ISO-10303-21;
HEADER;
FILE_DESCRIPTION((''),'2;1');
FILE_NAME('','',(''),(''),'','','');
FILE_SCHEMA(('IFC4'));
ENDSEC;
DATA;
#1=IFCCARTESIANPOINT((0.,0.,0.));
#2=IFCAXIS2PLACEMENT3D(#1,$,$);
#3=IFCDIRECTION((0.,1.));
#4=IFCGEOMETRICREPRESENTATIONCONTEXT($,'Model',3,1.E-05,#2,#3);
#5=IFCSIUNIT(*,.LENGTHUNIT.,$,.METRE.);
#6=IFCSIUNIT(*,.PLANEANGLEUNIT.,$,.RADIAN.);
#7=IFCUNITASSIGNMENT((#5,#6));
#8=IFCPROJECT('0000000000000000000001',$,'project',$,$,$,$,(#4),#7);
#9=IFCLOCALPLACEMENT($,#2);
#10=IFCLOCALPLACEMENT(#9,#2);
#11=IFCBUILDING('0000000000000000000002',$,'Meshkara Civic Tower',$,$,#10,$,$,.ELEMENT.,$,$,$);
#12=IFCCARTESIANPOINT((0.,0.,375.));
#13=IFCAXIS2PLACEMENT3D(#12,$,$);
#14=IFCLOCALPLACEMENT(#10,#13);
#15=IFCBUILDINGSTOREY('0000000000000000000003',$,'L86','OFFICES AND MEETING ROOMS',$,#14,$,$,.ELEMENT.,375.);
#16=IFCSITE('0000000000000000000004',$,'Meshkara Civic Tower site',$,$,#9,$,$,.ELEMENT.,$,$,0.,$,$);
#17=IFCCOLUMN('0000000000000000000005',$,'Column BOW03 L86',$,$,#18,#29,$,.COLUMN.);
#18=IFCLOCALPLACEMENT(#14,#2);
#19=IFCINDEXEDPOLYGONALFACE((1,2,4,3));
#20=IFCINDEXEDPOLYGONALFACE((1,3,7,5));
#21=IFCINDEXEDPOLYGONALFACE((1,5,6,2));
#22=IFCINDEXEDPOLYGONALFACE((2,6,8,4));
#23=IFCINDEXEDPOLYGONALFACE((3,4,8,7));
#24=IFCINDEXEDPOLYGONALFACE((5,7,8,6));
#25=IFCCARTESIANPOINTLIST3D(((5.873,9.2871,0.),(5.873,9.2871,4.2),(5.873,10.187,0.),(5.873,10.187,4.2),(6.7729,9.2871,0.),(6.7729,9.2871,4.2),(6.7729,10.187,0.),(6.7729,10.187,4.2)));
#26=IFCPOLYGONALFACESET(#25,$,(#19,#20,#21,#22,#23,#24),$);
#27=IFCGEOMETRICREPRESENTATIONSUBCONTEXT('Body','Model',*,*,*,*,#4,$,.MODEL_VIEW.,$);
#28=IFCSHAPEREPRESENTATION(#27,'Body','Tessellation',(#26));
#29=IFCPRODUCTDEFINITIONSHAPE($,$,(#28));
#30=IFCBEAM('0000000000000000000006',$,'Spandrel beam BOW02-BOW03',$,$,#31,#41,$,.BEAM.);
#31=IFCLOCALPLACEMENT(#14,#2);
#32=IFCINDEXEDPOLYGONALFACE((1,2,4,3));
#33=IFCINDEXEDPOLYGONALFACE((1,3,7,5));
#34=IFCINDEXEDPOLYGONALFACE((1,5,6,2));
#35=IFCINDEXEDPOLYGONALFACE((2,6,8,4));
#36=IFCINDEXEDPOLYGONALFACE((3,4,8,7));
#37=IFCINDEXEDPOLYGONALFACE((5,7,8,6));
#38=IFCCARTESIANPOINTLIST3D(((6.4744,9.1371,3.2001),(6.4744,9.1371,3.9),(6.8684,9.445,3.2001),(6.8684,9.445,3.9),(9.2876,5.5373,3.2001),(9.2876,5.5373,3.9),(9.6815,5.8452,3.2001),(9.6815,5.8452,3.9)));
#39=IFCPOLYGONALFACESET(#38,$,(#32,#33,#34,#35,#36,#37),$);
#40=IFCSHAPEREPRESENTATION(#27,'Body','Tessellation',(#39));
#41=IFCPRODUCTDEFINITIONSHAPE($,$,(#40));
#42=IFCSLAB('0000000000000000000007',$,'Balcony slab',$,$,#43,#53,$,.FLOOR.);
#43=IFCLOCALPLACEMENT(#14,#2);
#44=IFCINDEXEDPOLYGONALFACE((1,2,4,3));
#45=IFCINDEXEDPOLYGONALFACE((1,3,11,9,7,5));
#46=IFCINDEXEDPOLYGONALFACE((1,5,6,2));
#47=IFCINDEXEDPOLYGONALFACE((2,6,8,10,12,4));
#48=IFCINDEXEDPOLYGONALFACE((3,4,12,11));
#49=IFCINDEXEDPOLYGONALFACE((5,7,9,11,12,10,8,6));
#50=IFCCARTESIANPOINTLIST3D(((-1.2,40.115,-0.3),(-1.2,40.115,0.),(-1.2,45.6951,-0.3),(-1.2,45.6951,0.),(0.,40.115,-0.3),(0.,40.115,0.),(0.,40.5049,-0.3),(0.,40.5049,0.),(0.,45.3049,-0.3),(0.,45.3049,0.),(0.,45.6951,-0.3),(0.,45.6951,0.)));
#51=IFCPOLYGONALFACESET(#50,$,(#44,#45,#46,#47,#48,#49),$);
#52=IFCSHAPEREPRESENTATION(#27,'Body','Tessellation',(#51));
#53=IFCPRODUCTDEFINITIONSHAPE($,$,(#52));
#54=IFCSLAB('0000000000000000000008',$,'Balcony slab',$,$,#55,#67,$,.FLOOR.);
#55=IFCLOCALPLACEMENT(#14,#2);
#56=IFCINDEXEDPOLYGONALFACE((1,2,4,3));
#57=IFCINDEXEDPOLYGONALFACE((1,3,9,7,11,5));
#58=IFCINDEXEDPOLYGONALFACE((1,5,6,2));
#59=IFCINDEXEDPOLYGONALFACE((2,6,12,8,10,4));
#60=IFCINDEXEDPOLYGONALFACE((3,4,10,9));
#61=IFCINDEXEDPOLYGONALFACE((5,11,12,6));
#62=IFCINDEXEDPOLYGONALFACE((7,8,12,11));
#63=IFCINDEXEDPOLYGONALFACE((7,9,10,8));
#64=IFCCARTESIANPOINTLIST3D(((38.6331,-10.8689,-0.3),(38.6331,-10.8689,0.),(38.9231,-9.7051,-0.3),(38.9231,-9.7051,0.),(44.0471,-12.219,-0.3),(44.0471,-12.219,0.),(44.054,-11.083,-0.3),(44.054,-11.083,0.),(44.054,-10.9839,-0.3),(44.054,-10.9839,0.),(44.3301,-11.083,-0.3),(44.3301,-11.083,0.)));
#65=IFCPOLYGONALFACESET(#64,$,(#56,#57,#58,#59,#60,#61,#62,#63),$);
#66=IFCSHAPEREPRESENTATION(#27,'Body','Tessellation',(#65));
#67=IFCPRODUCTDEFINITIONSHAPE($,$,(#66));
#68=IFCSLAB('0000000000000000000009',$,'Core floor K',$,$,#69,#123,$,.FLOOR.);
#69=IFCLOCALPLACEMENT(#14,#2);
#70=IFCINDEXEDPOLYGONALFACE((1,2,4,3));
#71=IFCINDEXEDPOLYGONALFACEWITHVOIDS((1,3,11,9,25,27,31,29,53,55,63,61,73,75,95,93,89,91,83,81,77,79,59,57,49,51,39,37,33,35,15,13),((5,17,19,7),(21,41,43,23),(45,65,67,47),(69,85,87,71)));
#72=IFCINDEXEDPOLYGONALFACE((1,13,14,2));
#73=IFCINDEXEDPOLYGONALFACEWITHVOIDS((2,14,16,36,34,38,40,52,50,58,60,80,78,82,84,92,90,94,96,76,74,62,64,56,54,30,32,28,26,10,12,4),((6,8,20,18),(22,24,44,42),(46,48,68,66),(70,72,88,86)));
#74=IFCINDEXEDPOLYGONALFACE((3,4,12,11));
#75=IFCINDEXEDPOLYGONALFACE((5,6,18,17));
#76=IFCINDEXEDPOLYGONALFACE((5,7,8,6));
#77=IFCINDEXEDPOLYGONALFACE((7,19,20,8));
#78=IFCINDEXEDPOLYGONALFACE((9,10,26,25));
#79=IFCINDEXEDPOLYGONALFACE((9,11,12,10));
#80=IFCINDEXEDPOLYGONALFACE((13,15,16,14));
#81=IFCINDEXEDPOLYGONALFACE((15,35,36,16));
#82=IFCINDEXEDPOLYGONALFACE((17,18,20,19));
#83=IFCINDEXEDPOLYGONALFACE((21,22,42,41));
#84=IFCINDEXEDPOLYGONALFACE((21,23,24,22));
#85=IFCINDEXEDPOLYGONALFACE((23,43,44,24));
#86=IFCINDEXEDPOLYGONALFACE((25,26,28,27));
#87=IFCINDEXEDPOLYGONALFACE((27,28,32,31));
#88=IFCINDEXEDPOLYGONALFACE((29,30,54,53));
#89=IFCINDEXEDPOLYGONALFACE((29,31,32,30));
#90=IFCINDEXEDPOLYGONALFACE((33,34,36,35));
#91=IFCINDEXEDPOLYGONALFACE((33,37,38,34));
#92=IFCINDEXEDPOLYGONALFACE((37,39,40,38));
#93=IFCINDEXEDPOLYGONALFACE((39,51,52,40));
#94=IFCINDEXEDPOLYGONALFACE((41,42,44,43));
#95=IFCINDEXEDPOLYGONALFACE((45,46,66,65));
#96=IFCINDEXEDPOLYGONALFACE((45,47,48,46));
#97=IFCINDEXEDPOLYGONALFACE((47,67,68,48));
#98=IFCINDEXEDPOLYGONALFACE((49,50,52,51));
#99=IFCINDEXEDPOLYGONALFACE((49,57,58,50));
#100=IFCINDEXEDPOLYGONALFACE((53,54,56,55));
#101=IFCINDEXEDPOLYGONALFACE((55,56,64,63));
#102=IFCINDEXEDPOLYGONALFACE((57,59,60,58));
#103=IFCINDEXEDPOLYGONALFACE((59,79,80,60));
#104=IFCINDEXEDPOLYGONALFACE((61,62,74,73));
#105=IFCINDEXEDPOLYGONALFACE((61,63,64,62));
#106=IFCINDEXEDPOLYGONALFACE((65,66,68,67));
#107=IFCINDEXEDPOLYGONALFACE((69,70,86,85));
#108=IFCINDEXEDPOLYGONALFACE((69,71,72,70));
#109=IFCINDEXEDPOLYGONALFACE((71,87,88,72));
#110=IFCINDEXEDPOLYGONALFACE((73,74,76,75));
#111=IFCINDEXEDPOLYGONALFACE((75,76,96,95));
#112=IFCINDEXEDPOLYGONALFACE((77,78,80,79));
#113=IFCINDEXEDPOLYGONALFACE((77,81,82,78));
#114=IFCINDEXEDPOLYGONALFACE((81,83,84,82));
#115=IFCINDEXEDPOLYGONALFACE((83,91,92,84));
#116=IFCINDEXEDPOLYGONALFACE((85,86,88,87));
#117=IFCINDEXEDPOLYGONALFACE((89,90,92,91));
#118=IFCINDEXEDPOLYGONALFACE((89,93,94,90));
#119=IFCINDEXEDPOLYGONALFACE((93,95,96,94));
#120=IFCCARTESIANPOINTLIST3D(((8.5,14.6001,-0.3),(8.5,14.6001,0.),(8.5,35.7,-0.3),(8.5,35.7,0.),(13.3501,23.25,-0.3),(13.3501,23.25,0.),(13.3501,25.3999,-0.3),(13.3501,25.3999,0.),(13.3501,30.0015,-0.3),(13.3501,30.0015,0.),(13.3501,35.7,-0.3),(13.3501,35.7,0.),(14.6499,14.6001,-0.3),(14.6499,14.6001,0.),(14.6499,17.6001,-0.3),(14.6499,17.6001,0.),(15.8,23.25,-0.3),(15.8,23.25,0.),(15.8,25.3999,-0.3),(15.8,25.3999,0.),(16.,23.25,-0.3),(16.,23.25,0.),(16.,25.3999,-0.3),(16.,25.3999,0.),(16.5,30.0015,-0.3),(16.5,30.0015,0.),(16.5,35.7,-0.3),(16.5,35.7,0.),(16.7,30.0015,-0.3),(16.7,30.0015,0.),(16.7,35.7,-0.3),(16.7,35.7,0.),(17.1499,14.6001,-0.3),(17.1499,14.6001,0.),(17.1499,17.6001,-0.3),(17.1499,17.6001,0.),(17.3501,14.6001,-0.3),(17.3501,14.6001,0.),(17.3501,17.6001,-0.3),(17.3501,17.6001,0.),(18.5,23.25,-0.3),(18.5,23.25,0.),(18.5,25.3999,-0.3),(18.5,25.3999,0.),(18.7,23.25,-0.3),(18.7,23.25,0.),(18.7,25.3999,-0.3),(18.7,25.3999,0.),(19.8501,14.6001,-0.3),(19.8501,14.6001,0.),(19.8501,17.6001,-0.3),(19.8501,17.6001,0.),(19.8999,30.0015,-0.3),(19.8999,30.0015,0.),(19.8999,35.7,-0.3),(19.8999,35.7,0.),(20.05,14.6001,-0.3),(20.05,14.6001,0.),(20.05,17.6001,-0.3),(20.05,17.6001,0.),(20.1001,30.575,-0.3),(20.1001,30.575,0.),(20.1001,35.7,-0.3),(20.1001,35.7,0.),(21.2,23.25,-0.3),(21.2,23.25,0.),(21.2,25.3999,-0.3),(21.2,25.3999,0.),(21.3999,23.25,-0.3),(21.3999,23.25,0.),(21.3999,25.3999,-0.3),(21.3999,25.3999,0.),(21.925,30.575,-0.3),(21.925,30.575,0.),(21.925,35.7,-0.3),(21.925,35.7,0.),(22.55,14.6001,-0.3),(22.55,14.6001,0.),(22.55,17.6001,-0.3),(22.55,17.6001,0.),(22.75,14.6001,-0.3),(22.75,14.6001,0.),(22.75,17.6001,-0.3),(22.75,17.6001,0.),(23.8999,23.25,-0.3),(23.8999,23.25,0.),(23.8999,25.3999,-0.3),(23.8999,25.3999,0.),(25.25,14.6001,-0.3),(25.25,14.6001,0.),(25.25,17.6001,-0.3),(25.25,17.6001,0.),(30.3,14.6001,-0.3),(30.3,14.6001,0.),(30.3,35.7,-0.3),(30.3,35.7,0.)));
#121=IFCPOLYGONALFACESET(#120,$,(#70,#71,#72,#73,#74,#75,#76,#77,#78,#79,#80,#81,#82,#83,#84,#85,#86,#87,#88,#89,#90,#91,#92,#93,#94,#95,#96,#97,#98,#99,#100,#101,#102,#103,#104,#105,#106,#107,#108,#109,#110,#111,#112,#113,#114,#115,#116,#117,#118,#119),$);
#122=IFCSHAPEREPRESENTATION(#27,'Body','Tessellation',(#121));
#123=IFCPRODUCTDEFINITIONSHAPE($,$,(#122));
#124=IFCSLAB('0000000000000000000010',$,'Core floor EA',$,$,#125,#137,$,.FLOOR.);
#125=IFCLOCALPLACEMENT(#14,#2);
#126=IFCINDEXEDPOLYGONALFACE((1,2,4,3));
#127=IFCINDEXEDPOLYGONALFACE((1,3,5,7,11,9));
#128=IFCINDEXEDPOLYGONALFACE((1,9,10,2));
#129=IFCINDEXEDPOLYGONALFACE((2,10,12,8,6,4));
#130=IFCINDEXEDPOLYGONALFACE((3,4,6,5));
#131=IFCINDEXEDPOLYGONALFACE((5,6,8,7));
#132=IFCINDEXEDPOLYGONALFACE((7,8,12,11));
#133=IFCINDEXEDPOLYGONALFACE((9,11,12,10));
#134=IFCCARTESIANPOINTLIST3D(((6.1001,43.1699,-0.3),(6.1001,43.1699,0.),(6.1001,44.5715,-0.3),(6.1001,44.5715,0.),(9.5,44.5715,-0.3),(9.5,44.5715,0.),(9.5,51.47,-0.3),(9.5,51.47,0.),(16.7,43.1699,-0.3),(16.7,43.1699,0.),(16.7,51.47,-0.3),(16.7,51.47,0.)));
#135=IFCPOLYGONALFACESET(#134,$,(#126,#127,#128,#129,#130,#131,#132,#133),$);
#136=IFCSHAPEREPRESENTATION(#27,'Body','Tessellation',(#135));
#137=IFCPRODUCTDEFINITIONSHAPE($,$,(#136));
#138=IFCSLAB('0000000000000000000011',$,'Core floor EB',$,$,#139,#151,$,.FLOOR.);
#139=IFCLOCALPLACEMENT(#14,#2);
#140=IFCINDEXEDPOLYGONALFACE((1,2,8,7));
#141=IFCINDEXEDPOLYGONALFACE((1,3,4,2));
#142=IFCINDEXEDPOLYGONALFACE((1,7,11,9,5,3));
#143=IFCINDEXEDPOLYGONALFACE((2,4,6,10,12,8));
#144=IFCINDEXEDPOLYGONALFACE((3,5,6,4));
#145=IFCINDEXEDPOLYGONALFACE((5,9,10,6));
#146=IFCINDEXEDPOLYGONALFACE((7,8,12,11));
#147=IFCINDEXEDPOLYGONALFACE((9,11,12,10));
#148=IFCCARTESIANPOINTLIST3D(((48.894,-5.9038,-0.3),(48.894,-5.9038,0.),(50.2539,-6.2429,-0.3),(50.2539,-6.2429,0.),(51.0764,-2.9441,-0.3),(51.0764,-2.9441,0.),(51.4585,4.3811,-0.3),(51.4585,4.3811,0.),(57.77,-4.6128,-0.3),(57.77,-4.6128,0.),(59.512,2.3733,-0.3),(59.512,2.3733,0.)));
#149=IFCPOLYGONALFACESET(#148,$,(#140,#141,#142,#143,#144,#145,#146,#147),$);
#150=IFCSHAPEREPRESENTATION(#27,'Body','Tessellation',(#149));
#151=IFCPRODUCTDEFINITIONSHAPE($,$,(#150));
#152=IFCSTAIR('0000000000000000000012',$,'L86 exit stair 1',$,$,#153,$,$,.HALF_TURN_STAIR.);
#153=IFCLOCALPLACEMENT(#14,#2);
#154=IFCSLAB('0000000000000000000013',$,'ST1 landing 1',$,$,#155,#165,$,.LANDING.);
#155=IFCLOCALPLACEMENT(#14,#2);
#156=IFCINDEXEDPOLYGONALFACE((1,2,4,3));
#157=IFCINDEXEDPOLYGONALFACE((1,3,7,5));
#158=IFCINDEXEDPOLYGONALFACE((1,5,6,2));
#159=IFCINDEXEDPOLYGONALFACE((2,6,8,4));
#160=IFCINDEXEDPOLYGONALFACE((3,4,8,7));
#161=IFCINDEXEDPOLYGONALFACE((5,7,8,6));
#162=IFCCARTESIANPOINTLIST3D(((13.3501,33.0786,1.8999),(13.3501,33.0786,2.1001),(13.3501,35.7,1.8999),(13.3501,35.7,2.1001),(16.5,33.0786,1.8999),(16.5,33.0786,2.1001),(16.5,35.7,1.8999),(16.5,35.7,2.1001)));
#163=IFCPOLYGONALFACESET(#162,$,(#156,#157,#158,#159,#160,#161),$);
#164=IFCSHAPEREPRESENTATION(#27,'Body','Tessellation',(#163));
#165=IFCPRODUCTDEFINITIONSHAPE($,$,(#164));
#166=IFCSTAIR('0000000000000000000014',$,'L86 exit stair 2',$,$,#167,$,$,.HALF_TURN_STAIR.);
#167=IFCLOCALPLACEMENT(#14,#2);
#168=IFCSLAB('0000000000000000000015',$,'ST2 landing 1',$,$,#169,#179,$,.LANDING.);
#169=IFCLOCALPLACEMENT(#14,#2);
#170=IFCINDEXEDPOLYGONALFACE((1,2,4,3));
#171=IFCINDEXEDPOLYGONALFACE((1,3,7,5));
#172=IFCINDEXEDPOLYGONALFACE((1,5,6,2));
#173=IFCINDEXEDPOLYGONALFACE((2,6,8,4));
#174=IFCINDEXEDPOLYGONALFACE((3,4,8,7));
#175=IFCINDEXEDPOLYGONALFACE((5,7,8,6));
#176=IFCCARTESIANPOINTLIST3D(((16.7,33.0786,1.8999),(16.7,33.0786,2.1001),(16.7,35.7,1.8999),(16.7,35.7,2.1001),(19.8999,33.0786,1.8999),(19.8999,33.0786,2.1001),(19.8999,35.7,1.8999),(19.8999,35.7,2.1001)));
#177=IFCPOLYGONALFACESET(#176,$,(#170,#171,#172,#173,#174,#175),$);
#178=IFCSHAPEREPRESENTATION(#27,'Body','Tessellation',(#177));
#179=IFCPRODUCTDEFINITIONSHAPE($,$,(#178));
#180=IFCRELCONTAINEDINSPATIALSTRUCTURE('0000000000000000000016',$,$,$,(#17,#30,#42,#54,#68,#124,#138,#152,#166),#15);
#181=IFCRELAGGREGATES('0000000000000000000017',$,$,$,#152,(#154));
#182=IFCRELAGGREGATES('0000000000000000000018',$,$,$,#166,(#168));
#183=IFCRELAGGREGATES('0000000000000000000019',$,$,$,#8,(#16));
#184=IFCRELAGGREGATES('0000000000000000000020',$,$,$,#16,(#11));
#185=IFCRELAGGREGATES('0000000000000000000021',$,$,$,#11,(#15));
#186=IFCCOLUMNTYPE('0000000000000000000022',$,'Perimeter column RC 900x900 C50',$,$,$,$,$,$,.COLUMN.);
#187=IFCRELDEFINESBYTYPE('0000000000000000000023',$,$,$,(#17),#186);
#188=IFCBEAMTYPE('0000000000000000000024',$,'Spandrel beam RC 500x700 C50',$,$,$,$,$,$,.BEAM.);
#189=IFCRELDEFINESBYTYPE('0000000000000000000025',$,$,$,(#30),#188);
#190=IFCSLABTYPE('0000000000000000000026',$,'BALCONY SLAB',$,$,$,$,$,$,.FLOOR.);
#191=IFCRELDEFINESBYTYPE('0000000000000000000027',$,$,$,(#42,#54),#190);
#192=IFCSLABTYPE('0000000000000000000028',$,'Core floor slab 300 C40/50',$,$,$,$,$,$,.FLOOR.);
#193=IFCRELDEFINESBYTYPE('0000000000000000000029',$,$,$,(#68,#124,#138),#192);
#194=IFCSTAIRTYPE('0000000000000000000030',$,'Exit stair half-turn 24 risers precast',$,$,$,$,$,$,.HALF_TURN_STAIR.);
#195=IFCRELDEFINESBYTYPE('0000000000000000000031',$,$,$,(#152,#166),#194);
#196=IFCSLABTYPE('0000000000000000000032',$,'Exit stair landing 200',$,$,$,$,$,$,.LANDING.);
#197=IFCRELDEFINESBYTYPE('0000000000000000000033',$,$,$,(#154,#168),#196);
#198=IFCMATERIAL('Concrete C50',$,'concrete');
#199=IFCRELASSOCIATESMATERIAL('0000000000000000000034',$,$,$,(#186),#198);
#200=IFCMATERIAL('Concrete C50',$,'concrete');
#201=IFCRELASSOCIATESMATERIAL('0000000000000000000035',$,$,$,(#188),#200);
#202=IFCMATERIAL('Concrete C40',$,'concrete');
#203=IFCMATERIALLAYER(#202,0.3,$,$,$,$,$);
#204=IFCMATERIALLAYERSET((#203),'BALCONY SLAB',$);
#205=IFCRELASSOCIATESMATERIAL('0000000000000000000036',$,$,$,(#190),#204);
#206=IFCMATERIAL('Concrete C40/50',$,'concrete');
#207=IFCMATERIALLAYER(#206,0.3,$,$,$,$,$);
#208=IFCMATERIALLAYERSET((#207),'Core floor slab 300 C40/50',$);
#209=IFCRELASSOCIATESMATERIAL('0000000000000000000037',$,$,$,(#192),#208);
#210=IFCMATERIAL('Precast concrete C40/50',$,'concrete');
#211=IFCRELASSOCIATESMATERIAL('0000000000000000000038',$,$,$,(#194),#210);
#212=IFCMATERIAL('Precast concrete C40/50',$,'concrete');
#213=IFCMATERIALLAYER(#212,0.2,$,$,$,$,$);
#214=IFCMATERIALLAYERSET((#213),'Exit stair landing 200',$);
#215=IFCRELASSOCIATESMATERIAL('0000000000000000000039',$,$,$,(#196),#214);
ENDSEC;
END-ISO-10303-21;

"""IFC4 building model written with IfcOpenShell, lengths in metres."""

from ifc_helpers import new_model, si_unit, direction, frame, origin, origin_2d, place, context, subcontext, project, spatial, polyline, rectangle, outline, extrude, material, layer, layer_set, material_profile, profile_set, type_object, element, aggregate, save


model = new_model("IFC4")

# Units and contexts
model_context = context("Model", 3, precision=1e-05, world=origin(), true_north=direction((0.0, 1.0)))
body_context = subcontext(model_context, "Body", "Model", "MODEL_VIEW")
ifc_project = project(units=[si_unit("LENGTHUNIT", "METRE"), si_unit("PLANEANGLEUNIT", "RADIAN")], contexts=[model_context])

# Site, building, storey
site_placement = place(None, origin())
site = spatial("IfcSite", under=ifc_project, at=site_placement, Name="Meshkara Civic Tower site", CompositionType="ELEMENT", RefElevation=0.0)
building_placement = place(site_placement, origin())
building = spatial("IfcBuilding", under=site, at=building_placement, Name="Meshkara Civic Tower", CompositionType="ELEMENT")
storey_placement = place(building_placement, frame((0.0, 0.0, 375.0)))
storey = spatial("IfcBuildingStorey", under=building, at=storey_placement, Name="L86", Description="OFFICES AND MEETING ROOMS", CompositionType="ELEMENT", Elevation=375.0)

# Column
ifc_material_1 = material(Name="Concrete C50", Category="concrete")
ifc_material_profile_1 = material_profile(ifc_material_1, rectangle(XDim=0.8999, YDim=0.8999, at=origin_2d()))
ifc_profile_set_1 = profile_set([ifc_material_profile_1], Name="Concrete C50")
column_type = type_object("IfcColumnType", Name="Perimeter column RC 900x900 C50", PredefinedType="COLUMN", material=ifc_profile_set_1)
column_placement = place(storey_placement, frame((6.323, 9.7371, 0.0), z_axis=(0.0, 0.0, 1.0), x_axis=(1.0, 0.0, 0.0)))
element("IfcColumn", 1, at=column_placement, inside=storey, type_object=column_type, Name="Column BOW03 L86", PredefinedType="COLUMN", context=body_context, shape_type="SweptSolid", body=[
    extrude(rectangle(XDim=0.8999, YDim=0.8999, at=origin_2d()), origin(), (0.0, 0.0, 1.0), 4.2),
])

# Beam
ifc_material_2 = material(Name="Concrete C50", Category="concrete")
ifc_material_profile_2 = material_profile(ifc_material_2, rectangle(XDim=0.5, YDim=0.7, at=origin_2d()))
ifc_profile_set_2 = profile_set([ifc_material_profile_2], Name="Concrete C50")
beam_type = type_object("IfcBeamType", Name="Spandrel beam RC 500x700 C50", PredefinedType="BEAM", material=ifc_profile_set_2)
beam_placement = place(storey_placement, frame((6.6714, 9.291, 3.55), z_axis=(0.615759, -0.787934, 0.0), x_axis=(0.787934, 0.615759, 0.0)))
element("IfcBeam", 2, at=beam_placement, inside=storey, type_object=beam_type, Name="Spandrel beam BOW02-BOW03", PredefinedType="BEAM", context=body_context, shape_type="SweptSolid", body=[
    extrude(rectangle(XDim=0.5, YDim=0.7, at=origin_2d()), origin(), (0.0, 0.0, 1.0), 4.5686),
])

# Slabs
ifc_material_3 = material(Name="Concrete C40", Category="concrete")
ifc_layer_1 = layer(ifc_material_3, 0.3)
ifc_layer_set_1 = layer_set([ifc_layer_1], Name="BALCONY SLAB")
slab_type_1 = type_object("IfcSlabType", Name="BALCONY SLAB", PredefinedType="FLOOR", material=ifc_layer_set_1)
slab_1_placement = place(storey_placement, frame((0.0, 0.0, -0.3)))
element("IfcSlab", 3, at=slab_1_placement, inside=storey, type_object=slab_type_1, Name="Balcony slab", PredefinedType="FLOOR", context=body_context, shape_type="SweptSolid", body=[
    extrude(outline(polyline([(0.0, 40.5049), (0.0, 40.115), (-1.2, 40.115), (-1.2, 45.6951), (0.0, 45.6951), (0.0, 45.3049), (0.0, 40.5049)])), origin(), (0.0, 0.0, 1.0), 0.3),
])
slab_2_placement = place(storey_placement, frame((0.0, 0.0, -0.3)))
element("IfcSlab", 4, at=slab_2_placement, inside=storey, type_object=slab_type_1, Name="Balcony slab", PredefinedType="FLOOR", context=body_context, shape_type="SweptSolid", body=[
    extrude(outline(polyline([(44.0471, -12.219), (38.6331, -10.8689), (38.9231, -9.7051), (44.054, -10.9839), (44.054, -11.083), (44.3301, -11.083), (44.0471, -12.219)])), origin(), (0.0, 0.0, 1.0), 0.3),
])
ifc_material_4 = material(Name="Concrete C40/50", Category="concrete")
ifc_layer_2 = layer(ifc_material_4, 0.3)
ifc_layer_set_2 = layer_set([ifc_layer_2], Name="Core floor slab 300 C40/50")
slab_type_2 = type_object("IfcSlabType", Name="Core floor slab 300 C40/50", PredefinedType="FLOOR", material=ifc_layer_set_2)
slab_3_placement = place(storey_placement, frame((0.0, 0.0, -0.3)))
element("IfcSlab", 5, at=slab_3_placement, inside=storey, type_object=slab_type_2, Name="Core floor K", PredefinedType="FLOOR", context=body_context, shape_type="SweptSolid", body=[
    extrude(outline(polyline([(8.5, 35.7), (13.3501, 35.7), (13.3501, 30.0015), (16.5, 30.0015), (16.5, 35.7), (16.7, 35.7), (16.7, 30.0015), (19.8999, 30.0015), (19.8999, 35.7), (20.1001, 35.7), (20.1001, 30.575), (21.925, 30.575), (21.925, 35.7), (30.3, 35.7), (30.3, 14.6001), (25.25, 14.6001), (25.25, 17.6001), (22.75, 17.6001), (22.75, 14.6001), (22.55, 14.6001), (22.55, 17.6001), (20.05, 17.6001), (20.05, 14.6001), (19.8501, 14.6001), (19.8501, 17.6001), (17.3501, 17.6001), (17.3501, 14.6001), (17.1499, 14.6001), (17.1499, 17.6001), (14.6499, 17.6001), (14.6499, 14.6001), (8.5, 14.6001), (8.5, 35.7)]), holes=[polyline([(13.3501, 23.25), (15.8, 23.25), (15.8, 25.3999), (13.3501, 25.3999), (13.3501, 23.25)]), polyline([(18.5, 23.25), (18.5, 25.3999), (16.0, 25.3999), (16.0, 23.25), (18.5, 23.25)]), polyline([(18.7, 23.25), (21.2, 23.25), (21.2, 25.3999), (18.7, 25.3999), (18.7, 23.25)]), polyline([(21.3999, 23.25), (23.8999, 23.25), (23.8999, 25.3999), (21.3999, 25.3999), (21.3999, 23.25)])]), origin(), (0.0, 0.0, 1.0), 0.3),
])
slab_4_placement = place(storey_placement, frame((0.0, 0.0, -0.3)))
element("IfcSlab", 6, at=slab_4_placement, inside=storey, type_object=slab_type_2, Name="Core floor EA", PredefinedType="FLOOR", context=body_context, shape_type="SweptSolid", body=[
    extrude(outline(polyline([(16.7, 43.1699), (16.7, 51.47), (9.5, 51.47), (9.5, 44.5715), (6.1001, 44.5715), (6.1001, 43.1699), (16.7, 43.1699)])), origin(), (0.0, 0.0, 1.0), 0.3),
])
slab_5_placement = place(storey_placement, frame((0.0, 0.0, -0.3)))
element("IfcSlab", 7, at=slab_5_placement, inside=storey, type_object=slab_type_2, Name="Core floor EB", PredefinedType="FLOOR", context=body_context, shape_type="SweptSolid", body=[
    extrude(outline(polyline([(51.4585, 4.3811), (59.512, 2.3733), (57.77, -4.6128), (51.0764, -2.9441), (50.2539, -6.2429), (48.894, -5.9038), (51.4585, 4.3811)])), origin(), (0.0, 0.0, 1.0), 0.3),
])

# Stairs, slabs
ifc_material_5 = material(Name="Precast concrete C40/50", Category="concrete")
stair_type = type_object("IfcStairType", Name="Exit stair half-turn 24 risers precast", PredefinedType="HALF_TURN_STAIR", material=ifc_material_5)
stair_1_placement = place(storey_placement, origin())
stair_1 = element("IfcStair", 8, at=stair_1_placement, inside=storey, type_object=stair_type, Name="L86 exit stair 1", PredefinedType="HALF_TURN_STAIR")
ifc_material_6 = material(Name="Precast concrete C40/50", Category="concrete")
ifc_layer_3 = layer(ifc_material_6, 0.2)
ifc_layer_set_3 = layer_set([ifc_layer_3], Name="Exit stair landing 200")
slab_type_3 = type_object("IfcSlabType", Name="Exit stair landing 200", PredefinedType="LANDING", material=ifc_layer_set_3)
slab_6_placement = place(storey_placement, frame((0.0, 0.0, 1.8999)))
slab_6 = element("IfcSlab", 9, at=slab_6_placement, type_object=slab_type_3, Name="ST1 landing 1", PredefinedType="LANDING", context=body_context, shape_type="SweptSolid", body=[
    extrude(outline(polyline([(16.5, 33.0786), (16.5, 35.7), (13.3501, 35.7), (13.3501, 33.0786), (16.5, 33.0786)])), origin(), (0.0, 0.0, 1.0), 0.2002),
])
aggregate(stair_1, [slab_6])
stair_2_placement = place(storey_placement, origin())
stair_2 = element("IfcStair", 10, at=stair_2_placement, inside=storey, type_object=stair_type, Name="L86 exit stair 2", PredefinedType="HALF_TURN_STAIR")
slab_7_placement = place(storey_placement, frame((0.0, 0.0, 1.8999)))
slab_7 = element("IfcSlab", 11, at=slab_7_placement, type_object=slab_type_3, Name="ST2 landing 1", PredefinedType="LANDING", context=body_context, shape_type="SweptSolid", body=[
    extrude(outline(polyline([(19.8999, 33.0786), (19.8999, 35.7), (16.7, 35.7), (16.7, 33.0786), (19.8999, 33.0786)])), origin(), (0.0, 0.0, 1.0), 0.2002),
])
aggregate(stair_2, [slab_7])

save(model, "model.ifc")
